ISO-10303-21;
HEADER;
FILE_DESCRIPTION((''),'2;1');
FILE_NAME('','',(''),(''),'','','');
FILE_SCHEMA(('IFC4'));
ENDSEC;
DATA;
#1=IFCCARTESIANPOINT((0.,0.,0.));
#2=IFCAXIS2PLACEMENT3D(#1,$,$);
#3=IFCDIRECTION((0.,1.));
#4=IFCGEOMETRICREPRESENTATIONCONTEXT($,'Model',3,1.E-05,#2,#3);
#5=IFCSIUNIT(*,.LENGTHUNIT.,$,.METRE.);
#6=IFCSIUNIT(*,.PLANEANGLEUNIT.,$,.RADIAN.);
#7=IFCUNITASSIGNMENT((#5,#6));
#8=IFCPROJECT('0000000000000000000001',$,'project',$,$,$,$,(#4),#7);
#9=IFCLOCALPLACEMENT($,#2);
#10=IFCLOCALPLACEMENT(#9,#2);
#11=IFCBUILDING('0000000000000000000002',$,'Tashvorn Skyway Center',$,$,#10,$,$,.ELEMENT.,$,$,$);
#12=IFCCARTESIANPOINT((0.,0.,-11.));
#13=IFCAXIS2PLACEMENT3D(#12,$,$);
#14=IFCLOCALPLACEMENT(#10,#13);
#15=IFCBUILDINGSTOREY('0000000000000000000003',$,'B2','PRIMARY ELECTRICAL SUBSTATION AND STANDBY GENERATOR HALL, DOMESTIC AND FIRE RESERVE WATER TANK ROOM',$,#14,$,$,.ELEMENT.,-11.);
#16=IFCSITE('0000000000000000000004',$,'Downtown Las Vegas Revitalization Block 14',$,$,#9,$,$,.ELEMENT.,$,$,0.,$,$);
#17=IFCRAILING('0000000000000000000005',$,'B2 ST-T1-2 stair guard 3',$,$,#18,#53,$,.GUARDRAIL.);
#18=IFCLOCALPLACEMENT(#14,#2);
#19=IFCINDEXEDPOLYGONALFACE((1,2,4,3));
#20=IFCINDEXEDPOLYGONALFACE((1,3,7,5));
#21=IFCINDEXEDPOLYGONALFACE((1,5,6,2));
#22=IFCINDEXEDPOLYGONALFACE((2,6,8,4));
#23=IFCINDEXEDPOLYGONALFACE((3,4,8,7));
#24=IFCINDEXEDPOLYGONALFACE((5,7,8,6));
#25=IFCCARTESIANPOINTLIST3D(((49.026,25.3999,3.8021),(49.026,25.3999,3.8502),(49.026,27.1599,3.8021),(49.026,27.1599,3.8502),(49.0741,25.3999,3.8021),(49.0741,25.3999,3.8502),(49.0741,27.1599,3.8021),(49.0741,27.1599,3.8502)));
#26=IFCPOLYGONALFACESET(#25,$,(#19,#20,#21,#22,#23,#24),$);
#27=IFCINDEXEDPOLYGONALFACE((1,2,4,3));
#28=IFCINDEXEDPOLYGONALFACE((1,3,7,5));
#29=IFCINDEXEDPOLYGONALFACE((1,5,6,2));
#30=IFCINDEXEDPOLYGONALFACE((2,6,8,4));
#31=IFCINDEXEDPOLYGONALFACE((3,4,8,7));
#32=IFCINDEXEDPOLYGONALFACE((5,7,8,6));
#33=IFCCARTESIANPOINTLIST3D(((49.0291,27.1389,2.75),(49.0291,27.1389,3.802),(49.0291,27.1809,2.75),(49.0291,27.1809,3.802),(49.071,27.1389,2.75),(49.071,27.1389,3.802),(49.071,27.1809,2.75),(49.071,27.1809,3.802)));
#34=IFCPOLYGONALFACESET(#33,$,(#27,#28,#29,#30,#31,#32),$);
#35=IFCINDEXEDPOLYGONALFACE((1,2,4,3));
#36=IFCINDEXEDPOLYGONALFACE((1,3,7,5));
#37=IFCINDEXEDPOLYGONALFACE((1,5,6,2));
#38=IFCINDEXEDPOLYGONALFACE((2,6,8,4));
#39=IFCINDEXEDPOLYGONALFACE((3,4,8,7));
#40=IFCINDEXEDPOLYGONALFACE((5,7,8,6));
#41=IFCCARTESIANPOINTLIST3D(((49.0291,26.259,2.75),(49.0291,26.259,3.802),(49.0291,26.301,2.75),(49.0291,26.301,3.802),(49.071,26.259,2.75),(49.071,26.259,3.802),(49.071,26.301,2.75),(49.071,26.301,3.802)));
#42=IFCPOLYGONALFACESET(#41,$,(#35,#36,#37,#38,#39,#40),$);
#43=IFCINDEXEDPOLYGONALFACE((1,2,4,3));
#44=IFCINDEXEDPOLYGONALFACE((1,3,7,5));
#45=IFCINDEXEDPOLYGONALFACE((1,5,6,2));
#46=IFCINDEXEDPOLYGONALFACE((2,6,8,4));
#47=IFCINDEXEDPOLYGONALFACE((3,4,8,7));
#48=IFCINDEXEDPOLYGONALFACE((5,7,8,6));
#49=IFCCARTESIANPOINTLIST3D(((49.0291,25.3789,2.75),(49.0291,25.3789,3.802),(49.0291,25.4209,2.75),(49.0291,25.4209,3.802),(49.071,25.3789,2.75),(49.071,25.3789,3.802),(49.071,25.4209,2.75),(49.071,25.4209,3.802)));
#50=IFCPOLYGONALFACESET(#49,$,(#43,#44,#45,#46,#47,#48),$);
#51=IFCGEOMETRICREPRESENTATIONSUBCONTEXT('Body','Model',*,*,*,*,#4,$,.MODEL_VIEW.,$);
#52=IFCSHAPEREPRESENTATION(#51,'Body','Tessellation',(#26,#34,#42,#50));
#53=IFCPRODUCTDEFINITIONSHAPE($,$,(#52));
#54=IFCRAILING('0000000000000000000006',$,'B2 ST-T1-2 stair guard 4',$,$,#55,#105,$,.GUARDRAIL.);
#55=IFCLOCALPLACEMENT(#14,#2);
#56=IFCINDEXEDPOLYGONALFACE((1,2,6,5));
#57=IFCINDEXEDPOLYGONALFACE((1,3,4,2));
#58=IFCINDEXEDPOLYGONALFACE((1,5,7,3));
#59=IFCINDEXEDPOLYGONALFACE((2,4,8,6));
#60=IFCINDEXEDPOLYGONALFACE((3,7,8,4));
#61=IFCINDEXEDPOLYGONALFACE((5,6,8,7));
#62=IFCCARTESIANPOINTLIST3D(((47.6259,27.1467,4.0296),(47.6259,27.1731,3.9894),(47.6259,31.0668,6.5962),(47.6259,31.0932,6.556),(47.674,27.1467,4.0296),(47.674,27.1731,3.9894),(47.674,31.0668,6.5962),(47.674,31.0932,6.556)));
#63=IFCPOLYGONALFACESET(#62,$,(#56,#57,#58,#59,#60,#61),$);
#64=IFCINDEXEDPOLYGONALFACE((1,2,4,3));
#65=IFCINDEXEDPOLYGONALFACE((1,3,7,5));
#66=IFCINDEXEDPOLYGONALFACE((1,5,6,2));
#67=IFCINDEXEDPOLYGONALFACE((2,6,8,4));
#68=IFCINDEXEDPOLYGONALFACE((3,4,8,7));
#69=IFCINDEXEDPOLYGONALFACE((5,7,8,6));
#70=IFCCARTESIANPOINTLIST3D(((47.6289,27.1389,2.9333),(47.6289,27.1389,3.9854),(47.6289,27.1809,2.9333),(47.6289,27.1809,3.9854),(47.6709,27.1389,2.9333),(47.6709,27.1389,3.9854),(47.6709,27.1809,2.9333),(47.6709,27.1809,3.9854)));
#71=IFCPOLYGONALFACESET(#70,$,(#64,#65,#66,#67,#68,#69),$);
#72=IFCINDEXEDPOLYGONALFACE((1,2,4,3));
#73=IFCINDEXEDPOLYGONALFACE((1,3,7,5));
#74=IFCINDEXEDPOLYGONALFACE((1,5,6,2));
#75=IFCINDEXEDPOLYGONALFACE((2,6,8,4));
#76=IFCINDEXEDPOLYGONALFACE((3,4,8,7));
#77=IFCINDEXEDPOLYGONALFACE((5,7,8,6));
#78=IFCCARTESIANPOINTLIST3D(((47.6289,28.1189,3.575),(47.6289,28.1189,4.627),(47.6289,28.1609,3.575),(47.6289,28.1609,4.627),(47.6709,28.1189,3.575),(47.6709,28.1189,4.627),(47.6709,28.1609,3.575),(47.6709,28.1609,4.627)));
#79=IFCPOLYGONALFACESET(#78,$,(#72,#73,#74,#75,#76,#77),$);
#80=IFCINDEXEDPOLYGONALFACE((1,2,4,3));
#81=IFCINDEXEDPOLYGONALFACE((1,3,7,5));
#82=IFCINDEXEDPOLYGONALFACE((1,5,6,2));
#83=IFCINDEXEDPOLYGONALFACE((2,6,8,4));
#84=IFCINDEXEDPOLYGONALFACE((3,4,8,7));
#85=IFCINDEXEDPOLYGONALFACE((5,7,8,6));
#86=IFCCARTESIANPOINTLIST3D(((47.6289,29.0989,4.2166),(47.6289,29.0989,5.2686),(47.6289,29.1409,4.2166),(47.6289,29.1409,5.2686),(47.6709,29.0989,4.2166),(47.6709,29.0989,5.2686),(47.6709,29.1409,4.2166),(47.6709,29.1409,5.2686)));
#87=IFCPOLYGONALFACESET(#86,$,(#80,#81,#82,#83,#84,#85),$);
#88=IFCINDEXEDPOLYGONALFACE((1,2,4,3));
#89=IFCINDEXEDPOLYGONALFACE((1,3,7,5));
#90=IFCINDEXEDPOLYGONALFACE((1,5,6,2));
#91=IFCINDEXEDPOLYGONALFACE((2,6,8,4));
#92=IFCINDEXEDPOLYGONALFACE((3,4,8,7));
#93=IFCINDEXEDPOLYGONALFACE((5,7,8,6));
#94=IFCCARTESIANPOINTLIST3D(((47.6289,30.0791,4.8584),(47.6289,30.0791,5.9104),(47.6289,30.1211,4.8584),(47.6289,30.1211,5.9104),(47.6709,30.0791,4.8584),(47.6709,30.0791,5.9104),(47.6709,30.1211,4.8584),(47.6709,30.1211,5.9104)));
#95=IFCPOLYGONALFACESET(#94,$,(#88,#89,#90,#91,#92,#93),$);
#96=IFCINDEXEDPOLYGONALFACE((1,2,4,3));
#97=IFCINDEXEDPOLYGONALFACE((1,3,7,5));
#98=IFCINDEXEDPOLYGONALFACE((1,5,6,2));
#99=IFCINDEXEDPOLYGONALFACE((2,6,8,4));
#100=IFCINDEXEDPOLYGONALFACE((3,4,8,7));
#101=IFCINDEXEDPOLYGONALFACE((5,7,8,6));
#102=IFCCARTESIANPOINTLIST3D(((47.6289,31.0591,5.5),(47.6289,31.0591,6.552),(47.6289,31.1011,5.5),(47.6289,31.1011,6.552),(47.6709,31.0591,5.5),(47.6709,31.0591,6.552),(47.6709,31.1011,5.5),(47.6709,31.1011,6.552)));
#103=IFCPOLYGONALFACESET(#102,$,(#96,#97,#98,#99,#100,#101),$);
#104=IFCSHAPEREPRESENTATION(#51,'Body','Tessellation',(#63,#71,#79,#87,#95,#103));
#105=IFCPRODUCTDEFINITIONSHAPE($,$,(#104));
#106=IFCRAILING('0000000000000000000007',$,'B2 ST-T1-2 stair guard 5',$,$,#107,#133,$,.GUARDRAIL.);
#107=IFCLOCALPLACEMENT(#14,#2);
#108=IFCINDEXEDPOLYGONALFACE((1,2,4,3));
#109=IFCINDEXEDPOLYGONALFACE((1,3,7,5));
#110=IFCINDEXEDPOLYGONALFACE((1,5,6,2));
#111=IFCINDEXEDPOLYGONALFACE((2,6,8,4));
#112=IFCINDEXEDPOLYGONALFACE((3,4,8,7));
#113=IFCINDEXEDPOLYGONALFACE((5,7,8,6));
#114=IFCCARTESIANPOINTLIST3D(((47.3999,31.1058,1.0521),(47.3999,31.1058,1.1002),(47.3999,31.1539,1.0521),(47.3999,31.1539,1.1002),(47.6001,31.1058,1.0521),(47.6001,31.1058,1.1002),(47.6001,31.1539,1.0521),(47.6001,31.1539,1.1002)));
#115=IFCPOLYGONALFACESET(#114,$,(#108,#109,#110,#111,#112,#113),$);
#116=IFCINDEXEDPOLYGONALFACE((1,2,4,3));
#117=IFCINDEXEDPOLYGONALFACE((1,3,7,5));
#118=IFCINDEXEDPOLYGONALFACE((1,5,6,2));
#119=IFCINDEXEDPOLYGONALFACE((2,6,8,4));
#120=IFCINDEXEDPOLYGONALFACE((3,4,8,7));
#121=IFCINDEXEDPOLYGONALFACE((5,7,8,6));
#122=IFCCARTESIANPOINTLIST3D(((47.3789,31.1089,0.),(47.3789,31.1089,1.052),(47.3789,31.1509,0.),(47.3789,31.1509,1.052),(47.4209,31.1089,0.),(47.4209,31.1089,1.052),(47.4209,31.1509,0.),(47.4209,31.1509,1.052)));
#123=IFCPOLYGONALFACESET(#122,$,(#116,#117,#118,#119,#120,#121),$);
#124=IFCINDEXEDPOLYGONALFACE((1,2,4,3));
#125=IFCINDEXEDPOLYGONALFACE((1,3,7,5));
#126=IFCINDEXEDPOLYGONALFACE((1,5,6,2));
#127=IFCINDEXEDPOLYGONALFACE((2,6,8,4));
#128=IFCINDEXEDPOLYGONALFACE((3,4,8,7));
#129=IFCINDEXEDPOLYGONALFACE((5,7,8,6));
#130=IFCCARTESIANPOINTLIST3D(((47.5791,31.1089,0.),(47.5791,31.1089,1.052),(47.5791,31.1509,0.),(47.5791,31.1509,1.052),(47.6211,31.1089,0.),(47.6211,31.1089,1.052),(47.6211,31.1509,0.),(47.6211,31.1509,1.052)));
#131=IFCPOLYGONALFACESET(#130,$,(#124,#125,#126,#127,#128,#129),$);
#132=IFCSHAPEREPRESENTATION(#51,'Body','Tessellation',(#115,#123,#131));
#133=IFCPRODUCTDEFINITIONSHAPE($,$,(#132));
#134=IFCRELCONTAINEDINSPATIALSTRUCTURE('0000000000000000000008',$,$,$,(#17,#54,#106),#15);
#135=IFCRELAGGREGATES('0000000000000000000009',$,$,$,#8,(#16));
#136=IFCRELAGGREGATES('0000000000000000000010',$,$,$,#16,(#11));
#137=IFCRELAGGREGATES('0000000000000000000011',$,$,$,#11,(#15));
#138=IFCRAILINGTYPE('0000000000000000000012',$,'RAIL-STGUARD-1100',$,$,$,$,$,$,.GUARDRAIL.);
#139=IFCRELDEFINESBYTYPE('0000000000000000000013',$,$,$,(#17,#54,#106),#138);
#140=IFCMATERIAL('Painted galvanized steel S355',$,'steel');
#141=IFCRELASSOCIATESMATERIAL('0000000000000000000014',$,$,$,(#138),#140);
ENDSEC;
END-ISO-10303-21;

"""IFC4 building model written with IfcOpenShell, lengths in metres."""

from ifc_helpers import new_model, si_unit, direction, frame, origin, origin_2d, place, context, subcontext, project, spatial, rectangle, extrude, material, type_object, element, save


model = new_model("IFC4")

# Units and contexts
model_context = context("Model", 3, precision=1e-05, world=origin(), true_north=direction((0.0, 1.0)))
body_context = subcontext(model_context, "Body", "Model", "MODEL_VIEW")
ifc_project = project(units=[si_unit("LENGTHUNIT", "METRE"), si_unit("PLANEANGLEUNIT", "RADIAN")], contexts=[model_context])

# Site, building, storey
site_placement = place(None, origin())
site = spatial("IfcSite", under=ifc_project, at=site_placement, Name="Downtown Las Vegas Revitalization Block 14", CompositionType="ELEMENT", RefElevation=0.0)
building_placement = place(site_placement, origin())
building = spatial("IfcBuilding", under=site, at=building_placement, Name="Tashvorn Skyway Center", CompositionType="ELEMENT")
storey_placement = place(building_placement, frame((0.0, 0.0, -11.0)))
storey = spatial("IfcBuildingStorey", under=building, at=storey_placement, Name="B2", Description="PRIMARY ELECTRICAL SUBSTATION AND STANDBY GENERATOR HALL, DOMESTIC AND FIRE RESERVE WATER TANK ROOM", CompositionType="ELEMENT", Elevation=-11.0)

# Railings
ifc_material_1 = material(Name="Painted galvanized steel S355", Category="steel")
railing_type_1 = type_object("IfcRailingType", Name="RAIL-STGUARD-1100", PredefinedType="GUARDRAIL", material=ifc_material_1)
railing_1_placement = place(storey_placement, frame((49.05, 27.1599, 2.75)))
element("IfcRailing", 1, at=railing_1_placement, inside=storey, type_object=railing_type_1, Name="B2 ST-T1-2 stair guard 3", PredefinedType="GUARDRAIL", context=body_context, shape_type="SweptSolid", body=[
    extrude(rectangle(XDim=0.0481, YDim=0.0481, at=origin_2d()), frame((0.0, 0.0, 1.0762), z_axis=(0.0, -1.0, 0.0), x_axis=(1.0, 0.0, 0.0)), (0.0, 0.0, 1.0), 1.76),
    extrude(rectangle(XDim=0.042, YDim=0.042, at=origin_2d()), origin(), (0.0, 0.0, 1.0), 1.052),
    extrude(rectangle(XDim=0.042, YDim=0.042, at=origin_2d()), frame((0.0, -0.8799, 0.0)), (0.0, 0.0, 1.0), 1.052),
    extrude(rectangle(XDim=0.042, YDim=0.042, at=origin_2d()), frame((0.0, -1.76, 0.0)), (0.0, 0.0, 1.0), 1.052),
])
railing_2_placement = place(storey_placement, frame((47.6499, 27.1599, 2.9333)))
element("IfcRailing", 2, at=railing_2_placement, inside=storey, type_object=railing_type_1, Name="B2 ST-T1-2 stair guard 4", PredefinedType="GUARDRAIL", context=body_context, shape_type="SweptSolid", body=[
    extrude(rectangle(XDim=0.0481, YDim=0.0481, at=origin_2d()), frame((0.0, 0.0, 1.0762), z_axis=(0.0, 0.836631, 0.547767), x_axis=(-1.0, 0.0, 0.0)), (0.0, 0.0, 1.0), 4.6855),
    extrude(rectangle(XDim=0.042, YDim=0.042, at=origin_2d()), origin(), (0.0, 0.0, 1.0), 1.052),
    extrude(rectangle(XDim=0.042, YDim=0.042, at=origin_2d()), frame((0.0, 0.98, 0.6416)), (0.0, 0.0, 1.0), 1.052),
    extrude(rectangle(XDim=0.042, YDim=0.042, at=origin_2d()), frame((0.0, 1.96, 1.2832)), (0.0, 0.0, 1.0), 1.052),
    extrude(rectangle(XDim=0.042, YDim=0.042, at=origin_2d()), frame((0.0, 2.9402, 1.925)), (0.0, 0.0, 1.0), 1.052),
    extrude(rectangle(XDim=0.042, YDim=0.042, at=origin_2d()), frame((0.0, 3.9202, 2.5667)), (0.0, 0.0, 1.0), 1.052),
])
railing_3_placement = place(storey_placement, frame((47.3999, 31.1299, 0.0)))
element("IfcRailing", 3, at=railing_3_placement, inside=storey, type_object=railing_type_1, Name="B2 ST-T1-2 stair guard 5", PredefinedType="GUARDRAIL", context=body_context, shape_type="SweptSolid", body=[
    extrude(rectangle(XDim=0.0481, YDim=0.0481, at=origin_2d()), frame((0.0, 0.0, 1.0762), z_axis=(1.0, 0.0, 0.0), x_axis=(0.0, 1.0, 0.0)), (0.0, 0.0, 1.0), 0.2002),
    extrude(rectangle(XDim=0.042, YDim=0.042, at=origin_2d()), origin(), (0.0, 0.0, 1.0), 1.052),
    extrude(rectangle(XDim=0.042, YDim=0.042, at=origin_2d()), frame((0.2002, 0.0, 0.0)), (0.0, 0.0, 1.0), 1.052),
])

save(model, "model.ifc")
